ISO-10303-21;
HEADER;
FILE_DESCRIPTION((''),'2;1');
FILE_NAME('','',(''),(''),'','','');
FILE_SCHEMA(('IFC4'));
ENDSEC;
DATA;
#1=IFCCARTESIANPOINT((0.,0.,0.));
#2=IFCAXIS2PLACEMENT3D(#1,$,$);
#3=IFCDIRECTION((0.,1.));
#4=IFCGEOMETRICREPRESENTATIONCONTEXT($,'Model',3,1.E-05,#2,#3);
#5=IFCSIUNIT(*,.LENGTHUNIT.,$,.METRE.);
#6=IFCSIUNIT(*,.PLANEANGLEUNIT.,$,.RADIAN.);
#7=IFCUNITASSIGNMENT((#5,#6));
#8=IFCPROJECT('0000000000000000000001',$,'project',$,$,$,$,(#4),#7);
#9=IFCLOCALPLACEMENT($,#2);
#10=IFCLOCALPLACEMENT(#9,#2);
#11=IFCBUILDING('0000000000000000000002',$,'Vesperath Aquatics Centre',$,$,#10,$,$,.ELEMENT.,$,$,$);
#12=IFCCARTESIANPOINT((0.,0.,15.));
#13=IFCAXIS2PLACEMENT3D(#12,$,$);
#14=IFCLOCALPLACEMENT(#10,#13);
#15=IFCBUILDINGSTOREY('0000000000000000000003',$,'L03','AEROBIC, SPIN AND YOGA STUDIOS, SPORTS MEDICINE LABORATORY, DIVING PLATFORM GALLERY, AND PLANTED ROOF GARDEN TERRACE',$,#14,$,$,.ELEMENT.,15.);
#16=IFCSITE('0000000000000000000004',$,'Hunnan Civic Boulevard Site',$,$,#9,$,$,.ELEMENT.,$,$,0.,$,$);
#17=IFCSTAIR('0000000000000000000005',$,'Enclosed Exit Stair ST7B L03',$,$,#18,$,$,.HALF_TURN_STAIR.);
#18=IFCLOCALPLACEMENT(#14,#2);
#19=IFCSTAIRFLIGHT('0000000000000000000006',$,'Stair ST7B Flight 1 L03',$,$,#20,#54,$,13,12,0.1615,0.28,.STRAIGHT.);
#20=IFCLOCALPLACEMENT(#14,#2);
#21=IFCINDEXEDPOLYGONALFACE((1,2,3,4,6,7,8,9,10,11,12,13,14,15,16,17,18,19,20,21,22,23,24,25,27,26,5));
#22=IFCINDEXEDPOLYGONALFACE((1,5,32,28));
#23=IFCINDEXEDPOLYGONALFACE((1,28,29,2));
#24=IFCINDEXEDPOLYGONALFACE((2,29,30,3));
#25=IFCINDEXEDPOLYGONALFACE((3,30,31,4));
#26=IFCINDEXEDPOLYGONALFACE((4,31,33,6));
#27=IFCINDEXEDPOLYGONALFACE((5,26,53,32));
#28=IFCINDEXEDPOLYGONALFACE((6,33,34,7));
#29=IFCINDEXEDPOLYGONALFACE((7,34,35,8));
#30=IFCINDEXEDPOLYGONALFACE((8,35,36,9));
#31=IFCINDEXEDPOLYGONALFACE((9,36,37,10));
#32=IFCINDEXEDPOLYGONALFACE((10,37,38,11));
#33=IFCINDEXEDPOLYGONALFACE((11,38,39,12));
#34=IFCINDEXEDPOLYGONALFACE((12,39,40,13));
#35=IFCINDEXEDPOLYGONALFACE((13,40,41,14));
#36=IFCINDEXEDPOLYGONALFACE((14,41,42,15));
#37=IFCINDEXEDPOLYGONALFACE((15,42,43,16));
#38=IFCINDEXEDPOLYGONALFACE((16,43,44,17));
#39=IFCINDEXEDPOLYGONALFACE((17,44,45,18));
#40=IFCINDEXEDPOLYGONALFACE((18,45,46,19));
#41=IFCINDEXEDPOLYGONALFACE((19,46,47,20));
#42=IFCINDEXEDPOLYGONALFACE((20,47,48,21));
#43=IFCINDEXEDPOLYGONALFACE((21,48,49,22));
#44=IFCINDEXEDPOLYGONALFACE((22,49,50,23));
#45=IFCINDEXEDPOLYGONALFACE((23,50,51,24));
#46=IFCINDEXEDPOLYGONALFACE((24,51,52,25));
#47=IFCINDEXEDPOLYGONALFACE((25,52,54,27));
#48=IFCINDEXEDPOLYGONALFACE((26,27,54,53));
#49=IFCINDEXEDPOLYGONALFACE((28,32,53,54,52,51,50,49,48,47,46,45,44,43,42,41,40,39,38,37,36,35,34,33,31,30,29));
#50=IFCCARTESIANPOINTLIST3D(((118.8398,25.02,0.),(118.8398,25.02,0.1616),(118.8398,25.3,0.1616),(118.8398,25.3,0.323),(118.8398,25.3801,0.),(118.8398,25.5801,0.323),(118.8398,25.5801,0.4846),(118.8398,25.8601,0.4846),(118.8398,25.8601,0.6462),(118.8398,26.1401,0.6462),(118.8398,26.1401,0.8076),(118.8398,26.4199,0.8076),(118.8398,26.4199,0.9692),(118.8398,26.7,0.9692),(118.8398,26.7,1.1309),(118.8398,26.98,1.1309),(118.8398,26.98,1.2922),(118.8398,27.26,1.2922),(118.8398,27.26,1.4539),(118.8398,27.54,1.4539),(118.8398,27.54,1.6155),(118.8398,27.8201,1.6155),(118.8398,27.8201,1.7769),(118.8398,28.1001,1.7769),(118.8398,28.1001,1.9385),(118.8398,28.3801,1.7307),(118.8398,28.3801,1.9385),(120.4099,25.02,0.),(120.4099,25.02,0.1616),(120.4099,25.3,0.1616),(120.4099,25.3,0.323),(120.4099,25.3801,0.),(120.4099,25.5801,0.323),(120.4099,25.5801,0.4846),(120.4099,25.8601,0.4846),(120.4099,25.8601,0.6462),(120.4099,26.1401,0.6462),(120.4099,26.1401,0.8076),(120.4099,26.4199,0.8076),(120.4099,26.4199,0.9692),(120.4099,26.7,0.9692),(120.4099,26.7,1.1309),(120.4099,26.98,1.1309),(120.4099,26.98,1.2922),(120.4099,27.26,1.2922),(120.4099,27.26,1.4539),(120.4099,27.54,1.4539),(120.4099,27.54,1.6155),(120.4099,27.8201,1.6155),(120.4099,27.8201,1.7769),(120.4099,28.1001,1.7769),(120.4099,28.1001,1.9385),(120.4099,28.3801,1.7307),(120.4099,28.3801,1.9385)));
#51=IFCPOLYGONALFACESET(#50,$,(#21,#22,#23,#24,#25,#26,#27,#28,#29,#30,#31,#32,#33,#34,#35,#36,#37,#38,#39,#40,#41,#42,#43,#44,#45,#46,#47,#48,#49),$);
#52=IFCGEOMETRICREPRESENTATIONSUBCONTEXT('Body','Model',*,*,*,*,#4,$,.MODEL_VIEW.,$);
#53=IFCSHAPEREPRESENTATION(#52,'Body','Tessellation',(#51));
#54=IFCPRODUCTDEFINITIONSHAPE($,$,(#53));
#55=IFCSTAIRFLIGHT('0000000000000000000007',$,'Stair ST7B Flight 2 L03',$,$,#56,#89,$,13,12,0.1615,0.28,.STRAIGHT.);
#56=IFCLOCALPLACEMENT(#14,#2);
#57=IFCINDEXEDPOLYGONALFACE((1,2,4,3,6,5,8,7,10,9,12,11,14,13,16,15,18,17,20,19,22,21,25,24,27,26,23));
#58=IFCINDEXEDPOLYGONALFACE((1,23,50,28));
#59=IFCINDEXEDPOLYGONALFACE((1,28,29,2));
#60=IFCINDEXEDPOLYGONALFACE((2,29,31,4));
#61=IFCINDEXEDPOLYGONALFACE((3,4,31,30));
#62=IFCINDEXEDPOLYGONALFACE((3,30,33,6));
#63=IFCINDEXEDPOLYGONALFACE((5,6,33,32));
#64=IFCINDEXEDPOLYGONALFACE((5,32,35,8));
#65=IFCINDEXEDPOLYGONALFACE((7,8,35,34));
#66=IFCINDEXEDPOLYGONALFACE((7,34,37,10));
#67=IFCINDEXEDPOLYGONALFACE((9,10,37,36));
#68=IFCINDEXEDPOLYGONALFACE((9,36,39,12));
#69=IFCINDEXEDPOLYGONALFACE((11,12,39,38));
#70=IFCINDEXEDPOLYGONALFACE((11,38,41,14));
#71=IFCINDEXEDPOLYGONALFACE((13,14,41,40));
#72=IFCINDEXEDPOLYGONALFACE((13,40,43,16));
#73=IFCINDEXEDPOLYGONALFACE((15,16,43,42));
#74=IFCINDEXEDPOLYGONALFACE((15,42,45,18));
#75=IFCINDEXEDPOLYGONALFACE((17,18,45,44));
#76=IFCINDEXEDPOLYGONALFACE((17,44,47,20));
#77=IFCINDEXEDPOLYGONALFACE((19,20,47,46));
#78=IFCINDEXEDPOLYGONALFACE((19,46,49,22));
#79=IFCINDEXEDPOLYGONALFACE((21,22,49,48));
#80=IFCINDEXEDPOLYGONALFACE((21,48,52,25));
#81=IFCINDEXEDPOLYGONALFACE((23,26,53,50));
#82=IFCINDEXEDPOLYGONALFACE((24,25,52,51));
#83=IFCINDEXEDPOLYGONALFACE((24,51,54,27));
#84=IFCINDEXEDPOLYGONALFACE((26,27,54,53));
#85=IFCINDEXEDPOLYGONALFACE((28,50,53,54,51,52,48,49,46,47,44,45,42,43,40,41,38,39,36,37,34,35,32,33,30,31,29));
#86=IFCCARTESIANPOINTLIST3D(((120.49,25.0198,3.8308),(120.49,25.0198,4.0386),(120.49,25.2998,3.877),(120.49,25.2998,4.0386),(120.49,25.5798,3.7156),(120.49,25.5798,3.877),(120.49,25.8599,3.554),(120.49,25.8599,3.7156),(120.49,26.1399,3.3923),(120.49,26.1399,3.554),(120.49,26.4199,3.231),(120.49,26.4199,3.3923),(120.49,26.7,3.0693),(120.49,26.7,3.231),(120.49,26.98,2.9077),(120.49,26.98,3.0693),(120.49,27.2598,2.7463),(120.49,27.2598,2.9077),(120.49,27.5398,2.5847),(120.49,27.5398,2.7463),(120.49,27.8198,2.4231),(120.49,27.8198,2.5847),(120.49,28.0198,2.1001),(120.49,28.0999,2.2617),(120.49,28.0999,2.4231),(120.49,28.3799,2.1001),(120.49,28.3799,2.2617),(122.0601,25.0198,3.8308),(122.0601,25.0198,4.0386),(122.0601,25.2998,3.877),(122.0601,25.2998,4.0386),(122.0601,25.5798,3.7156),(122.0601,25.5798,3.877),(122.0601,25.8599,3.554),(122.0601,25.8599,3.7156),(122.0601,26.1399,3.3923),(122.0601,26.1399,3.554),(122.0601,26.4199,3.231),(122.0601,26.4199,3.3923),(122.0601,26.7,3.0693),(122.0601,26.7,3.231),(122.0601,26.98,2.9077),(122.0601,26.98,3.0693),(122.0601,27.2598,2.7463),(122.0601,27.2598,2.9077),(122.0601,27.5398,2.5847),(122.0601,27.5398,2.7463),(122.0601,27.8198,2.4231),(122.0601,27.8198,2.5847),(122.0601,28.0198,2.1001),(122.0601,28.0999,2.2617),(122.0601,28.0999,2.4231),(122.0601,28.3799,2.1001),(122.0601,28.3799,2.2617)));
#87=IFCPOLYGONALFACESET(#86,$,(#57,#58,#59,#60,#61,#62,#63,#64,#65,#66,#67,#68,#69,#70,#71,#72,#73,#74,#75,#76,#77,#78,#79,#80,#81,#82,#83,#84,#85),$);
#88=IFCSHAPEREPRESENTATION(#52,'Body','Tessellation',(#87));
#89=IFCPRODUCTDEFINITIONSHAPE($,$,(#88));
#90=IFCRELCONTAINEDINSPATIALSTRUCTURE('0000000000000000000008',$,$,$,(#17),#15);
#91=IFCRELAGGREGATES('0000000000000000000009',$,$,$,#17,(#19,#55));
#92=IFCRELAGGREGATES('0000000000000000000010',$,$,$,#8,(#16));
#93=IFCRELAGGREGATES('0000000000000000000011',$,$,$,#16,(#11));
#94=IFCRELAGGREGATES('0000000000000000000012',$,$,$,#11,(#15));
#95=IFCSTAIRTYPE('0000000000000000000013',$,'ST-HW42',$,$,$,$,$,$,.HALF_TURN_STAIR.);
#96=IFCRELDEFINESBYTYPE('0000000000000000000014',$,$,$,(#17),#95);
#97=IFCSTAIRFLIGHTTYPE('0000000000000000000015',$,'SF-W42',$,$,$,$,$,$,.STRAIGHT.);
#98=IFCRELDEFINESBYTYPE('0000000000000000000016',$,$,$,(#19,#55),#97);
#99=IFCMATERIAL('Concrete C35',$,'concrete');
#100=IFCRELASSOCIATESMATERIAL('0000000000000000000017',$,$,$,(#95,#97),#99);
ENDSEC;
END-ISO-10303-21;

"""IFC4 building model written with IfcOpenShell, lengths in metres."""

from ifc_helpers import new_model, si_unit, direction, frame, origin, place, context, subcontext, project, spatial, polyline, outline, extrude, material, type_object, element, aggregate, save


model = new_model("IFC4")

# Units and contexts
model_context = context("Model", 3, precision=1e-05, world=origin(), true_north=direction((0.0, 1.0)))
body_context = subcontext(model_context, "Body", "Model", "MODEL_VIEW")
ifc_project = project(units=[si_unit("LENGTHUNIT", "METRE"), si_unit("PLANEANGLEUNIT", "RADIAN")], contexts=[model_context])

# Site, building, storey
site_placement = place(None, origin())
site = spatial("IfcSite", under=ifc_project, at=site_placement, Name="Hunnan Civic Boulevard Site", CompositionType="ELEMENT", RefElevation=0.0)
building_placement = place(site_placement, origin())
building = spatial("IfcBuilding", under=site, at=building_placement, Name="Vesperath Aquatics Centre", CompositionType="ELEMENT")
storey_placement = place(building_placement, frame((0.0, 0.0, 15.0)))
storey = spatial("IfcBuildingStorey", under=building, at=storey_placement, Name="L03", Description="AEROBIC, SPIN AND YOGA STUDIOS, SPORTS MEDICINE LABORATORY, DIVING PLATFORM GALLERY, AND PLANTED ROOF GARDEN TERRACE", CompositionType="ELEMENT", Elevation=15.0)

# Shared definitions
ifc_material_1 = material(Name="Concrete C35", Category="concrete")
stair_type = type_object("IfcStairType", Name="ST-HW42", PredefinedType="HALF_TURN_STAIR", material=ifc_material_1)
stair_flight_type = type_object("IfcStairFlightType", Name="SF-W42", PredefinedType="STRAIGHT", material=ifc_material_1)

# Stair, stair flights
stair_1_placement = place(storey_placement, origin())
stair_1 = element("IfcStair", 1, at=stair_1_placement, inside=storey, type_object=stair_type, Name="Enclosed Exit Stair ST7B L03", PredefinedType="HALF_TURN_STAIR")
stair_flight_1_placement = place(storey_placement, frame((119.625, 25.02, 0.0), z_axis=(0.0, 0.0, 1.0), x_axis=(0.0, 1.0, 0.0)))
stair_flight_1 = element("IfcStairFlight", 2, at=stair_flight_1_placement, type_object=stair_flight_type, Name="Stair ST7B Flight 1 L03", NumberOfRisers=13, NumberOfTreads=12, PredefinedType="STRAIGHT", RiserHeight=0.1615, TreadLength=0.28, context=body_context, shape_type="SweptSolid", body=[
    extrude(outline(polyline([(0.0, 0.0), (0.0, 0.1616), (0.28, 0.1616), (0.28, 0.323), (0.5601, 0.323), (0.5601, 0.4846), (0.8401, 0.4846), (0.8401, 0.6462), (1.1201, 0.6462), (1.1201, 0.8076), (1.3999, 0.8076), (1.3999, 0.9692), (1.6799, 0.9692), (1.6799, 1.1309), (1.96, 1.1309), (1.96, 1.2922), (2.24, 1.2922), (2.24, 1.4539), (2.52, 1.4539), (2.52, 1.6155), (2.8, 1.6155), (2.8, 1.7769), (3.0801, 1.7769), (3.0801, 1.9385), (3.3601, 1.9385), (3.3601, 2.1001), (3.3601, 1.7307), (0.3601, 0.0), (0.0, 0.0)])), frame((0.0, 0.7852, 0.0), z_axis=(0.0, -1.0, 0.0), x_axis=(1.0, 0.0, 0.0)), (0.0, 0.0, 1.0), 1.5701),
])
stair_flight_2_placement = place(storey_placement, frame((121.2749, 28.3799, 2.1001), z_axis=(0.0, 0.0, 1.0), x_axis=(0.0, -1.0, 0.0)))
stair_flight_2 = element("IfcStairFlight", 3, at=stair_flight_2_placement, type_object=stair_flight_type, Name="Stair ST7B Flight 2 L03", NumberOfRisers=13, NumberOfTreads=12, PredefinedType="STRAIGHT", RiserHeight=0.1615, TreadLength=0.28, context=body_context, shape_type="SweptSolid", body=[
    extrude(outline(polyline([(0.0, 0.0), (0.0, 0.1616), (0.28, 0.1616), (0.28, 0.323), (0.5601, 0.323), (0.5601, 0.4846), (0.8401, 0.4846), (0.8401, 0.6462), (1.1201, 0.6462), (1.1201, 0.8076), (1.3999, 0.8076), (1.3999, 0.9692), (1.6799, 0.9692), (1.6799, 1.1309), (1.96, 1.1309), (1.96, 1.2922), (2.24, 1.2922), (2.24, 1.4539), (2.52, 1.4539), (2.52, 1.6155), (2.8, 1.6155), (2.8, 1.7769), (3.0801, 1.7769), (3.0801, 1.9385), (3.3601, 1.9385), (3.3601, 2.1001), (3.3601, 1.7307), (0.3601, 0.0), (0.0, 0.0)])), frame((0.0, 0.7852, 0.0), z_axis=(0.0, -1.0, 0.0), x_axis=(1.0, 0.0, 0.0)), (0.0, 0.0, 1.0), 1.5701),
])
aggregate(stair_1, [stair_flight_1, stair_flight_2])

save(model, "model.ifc")
